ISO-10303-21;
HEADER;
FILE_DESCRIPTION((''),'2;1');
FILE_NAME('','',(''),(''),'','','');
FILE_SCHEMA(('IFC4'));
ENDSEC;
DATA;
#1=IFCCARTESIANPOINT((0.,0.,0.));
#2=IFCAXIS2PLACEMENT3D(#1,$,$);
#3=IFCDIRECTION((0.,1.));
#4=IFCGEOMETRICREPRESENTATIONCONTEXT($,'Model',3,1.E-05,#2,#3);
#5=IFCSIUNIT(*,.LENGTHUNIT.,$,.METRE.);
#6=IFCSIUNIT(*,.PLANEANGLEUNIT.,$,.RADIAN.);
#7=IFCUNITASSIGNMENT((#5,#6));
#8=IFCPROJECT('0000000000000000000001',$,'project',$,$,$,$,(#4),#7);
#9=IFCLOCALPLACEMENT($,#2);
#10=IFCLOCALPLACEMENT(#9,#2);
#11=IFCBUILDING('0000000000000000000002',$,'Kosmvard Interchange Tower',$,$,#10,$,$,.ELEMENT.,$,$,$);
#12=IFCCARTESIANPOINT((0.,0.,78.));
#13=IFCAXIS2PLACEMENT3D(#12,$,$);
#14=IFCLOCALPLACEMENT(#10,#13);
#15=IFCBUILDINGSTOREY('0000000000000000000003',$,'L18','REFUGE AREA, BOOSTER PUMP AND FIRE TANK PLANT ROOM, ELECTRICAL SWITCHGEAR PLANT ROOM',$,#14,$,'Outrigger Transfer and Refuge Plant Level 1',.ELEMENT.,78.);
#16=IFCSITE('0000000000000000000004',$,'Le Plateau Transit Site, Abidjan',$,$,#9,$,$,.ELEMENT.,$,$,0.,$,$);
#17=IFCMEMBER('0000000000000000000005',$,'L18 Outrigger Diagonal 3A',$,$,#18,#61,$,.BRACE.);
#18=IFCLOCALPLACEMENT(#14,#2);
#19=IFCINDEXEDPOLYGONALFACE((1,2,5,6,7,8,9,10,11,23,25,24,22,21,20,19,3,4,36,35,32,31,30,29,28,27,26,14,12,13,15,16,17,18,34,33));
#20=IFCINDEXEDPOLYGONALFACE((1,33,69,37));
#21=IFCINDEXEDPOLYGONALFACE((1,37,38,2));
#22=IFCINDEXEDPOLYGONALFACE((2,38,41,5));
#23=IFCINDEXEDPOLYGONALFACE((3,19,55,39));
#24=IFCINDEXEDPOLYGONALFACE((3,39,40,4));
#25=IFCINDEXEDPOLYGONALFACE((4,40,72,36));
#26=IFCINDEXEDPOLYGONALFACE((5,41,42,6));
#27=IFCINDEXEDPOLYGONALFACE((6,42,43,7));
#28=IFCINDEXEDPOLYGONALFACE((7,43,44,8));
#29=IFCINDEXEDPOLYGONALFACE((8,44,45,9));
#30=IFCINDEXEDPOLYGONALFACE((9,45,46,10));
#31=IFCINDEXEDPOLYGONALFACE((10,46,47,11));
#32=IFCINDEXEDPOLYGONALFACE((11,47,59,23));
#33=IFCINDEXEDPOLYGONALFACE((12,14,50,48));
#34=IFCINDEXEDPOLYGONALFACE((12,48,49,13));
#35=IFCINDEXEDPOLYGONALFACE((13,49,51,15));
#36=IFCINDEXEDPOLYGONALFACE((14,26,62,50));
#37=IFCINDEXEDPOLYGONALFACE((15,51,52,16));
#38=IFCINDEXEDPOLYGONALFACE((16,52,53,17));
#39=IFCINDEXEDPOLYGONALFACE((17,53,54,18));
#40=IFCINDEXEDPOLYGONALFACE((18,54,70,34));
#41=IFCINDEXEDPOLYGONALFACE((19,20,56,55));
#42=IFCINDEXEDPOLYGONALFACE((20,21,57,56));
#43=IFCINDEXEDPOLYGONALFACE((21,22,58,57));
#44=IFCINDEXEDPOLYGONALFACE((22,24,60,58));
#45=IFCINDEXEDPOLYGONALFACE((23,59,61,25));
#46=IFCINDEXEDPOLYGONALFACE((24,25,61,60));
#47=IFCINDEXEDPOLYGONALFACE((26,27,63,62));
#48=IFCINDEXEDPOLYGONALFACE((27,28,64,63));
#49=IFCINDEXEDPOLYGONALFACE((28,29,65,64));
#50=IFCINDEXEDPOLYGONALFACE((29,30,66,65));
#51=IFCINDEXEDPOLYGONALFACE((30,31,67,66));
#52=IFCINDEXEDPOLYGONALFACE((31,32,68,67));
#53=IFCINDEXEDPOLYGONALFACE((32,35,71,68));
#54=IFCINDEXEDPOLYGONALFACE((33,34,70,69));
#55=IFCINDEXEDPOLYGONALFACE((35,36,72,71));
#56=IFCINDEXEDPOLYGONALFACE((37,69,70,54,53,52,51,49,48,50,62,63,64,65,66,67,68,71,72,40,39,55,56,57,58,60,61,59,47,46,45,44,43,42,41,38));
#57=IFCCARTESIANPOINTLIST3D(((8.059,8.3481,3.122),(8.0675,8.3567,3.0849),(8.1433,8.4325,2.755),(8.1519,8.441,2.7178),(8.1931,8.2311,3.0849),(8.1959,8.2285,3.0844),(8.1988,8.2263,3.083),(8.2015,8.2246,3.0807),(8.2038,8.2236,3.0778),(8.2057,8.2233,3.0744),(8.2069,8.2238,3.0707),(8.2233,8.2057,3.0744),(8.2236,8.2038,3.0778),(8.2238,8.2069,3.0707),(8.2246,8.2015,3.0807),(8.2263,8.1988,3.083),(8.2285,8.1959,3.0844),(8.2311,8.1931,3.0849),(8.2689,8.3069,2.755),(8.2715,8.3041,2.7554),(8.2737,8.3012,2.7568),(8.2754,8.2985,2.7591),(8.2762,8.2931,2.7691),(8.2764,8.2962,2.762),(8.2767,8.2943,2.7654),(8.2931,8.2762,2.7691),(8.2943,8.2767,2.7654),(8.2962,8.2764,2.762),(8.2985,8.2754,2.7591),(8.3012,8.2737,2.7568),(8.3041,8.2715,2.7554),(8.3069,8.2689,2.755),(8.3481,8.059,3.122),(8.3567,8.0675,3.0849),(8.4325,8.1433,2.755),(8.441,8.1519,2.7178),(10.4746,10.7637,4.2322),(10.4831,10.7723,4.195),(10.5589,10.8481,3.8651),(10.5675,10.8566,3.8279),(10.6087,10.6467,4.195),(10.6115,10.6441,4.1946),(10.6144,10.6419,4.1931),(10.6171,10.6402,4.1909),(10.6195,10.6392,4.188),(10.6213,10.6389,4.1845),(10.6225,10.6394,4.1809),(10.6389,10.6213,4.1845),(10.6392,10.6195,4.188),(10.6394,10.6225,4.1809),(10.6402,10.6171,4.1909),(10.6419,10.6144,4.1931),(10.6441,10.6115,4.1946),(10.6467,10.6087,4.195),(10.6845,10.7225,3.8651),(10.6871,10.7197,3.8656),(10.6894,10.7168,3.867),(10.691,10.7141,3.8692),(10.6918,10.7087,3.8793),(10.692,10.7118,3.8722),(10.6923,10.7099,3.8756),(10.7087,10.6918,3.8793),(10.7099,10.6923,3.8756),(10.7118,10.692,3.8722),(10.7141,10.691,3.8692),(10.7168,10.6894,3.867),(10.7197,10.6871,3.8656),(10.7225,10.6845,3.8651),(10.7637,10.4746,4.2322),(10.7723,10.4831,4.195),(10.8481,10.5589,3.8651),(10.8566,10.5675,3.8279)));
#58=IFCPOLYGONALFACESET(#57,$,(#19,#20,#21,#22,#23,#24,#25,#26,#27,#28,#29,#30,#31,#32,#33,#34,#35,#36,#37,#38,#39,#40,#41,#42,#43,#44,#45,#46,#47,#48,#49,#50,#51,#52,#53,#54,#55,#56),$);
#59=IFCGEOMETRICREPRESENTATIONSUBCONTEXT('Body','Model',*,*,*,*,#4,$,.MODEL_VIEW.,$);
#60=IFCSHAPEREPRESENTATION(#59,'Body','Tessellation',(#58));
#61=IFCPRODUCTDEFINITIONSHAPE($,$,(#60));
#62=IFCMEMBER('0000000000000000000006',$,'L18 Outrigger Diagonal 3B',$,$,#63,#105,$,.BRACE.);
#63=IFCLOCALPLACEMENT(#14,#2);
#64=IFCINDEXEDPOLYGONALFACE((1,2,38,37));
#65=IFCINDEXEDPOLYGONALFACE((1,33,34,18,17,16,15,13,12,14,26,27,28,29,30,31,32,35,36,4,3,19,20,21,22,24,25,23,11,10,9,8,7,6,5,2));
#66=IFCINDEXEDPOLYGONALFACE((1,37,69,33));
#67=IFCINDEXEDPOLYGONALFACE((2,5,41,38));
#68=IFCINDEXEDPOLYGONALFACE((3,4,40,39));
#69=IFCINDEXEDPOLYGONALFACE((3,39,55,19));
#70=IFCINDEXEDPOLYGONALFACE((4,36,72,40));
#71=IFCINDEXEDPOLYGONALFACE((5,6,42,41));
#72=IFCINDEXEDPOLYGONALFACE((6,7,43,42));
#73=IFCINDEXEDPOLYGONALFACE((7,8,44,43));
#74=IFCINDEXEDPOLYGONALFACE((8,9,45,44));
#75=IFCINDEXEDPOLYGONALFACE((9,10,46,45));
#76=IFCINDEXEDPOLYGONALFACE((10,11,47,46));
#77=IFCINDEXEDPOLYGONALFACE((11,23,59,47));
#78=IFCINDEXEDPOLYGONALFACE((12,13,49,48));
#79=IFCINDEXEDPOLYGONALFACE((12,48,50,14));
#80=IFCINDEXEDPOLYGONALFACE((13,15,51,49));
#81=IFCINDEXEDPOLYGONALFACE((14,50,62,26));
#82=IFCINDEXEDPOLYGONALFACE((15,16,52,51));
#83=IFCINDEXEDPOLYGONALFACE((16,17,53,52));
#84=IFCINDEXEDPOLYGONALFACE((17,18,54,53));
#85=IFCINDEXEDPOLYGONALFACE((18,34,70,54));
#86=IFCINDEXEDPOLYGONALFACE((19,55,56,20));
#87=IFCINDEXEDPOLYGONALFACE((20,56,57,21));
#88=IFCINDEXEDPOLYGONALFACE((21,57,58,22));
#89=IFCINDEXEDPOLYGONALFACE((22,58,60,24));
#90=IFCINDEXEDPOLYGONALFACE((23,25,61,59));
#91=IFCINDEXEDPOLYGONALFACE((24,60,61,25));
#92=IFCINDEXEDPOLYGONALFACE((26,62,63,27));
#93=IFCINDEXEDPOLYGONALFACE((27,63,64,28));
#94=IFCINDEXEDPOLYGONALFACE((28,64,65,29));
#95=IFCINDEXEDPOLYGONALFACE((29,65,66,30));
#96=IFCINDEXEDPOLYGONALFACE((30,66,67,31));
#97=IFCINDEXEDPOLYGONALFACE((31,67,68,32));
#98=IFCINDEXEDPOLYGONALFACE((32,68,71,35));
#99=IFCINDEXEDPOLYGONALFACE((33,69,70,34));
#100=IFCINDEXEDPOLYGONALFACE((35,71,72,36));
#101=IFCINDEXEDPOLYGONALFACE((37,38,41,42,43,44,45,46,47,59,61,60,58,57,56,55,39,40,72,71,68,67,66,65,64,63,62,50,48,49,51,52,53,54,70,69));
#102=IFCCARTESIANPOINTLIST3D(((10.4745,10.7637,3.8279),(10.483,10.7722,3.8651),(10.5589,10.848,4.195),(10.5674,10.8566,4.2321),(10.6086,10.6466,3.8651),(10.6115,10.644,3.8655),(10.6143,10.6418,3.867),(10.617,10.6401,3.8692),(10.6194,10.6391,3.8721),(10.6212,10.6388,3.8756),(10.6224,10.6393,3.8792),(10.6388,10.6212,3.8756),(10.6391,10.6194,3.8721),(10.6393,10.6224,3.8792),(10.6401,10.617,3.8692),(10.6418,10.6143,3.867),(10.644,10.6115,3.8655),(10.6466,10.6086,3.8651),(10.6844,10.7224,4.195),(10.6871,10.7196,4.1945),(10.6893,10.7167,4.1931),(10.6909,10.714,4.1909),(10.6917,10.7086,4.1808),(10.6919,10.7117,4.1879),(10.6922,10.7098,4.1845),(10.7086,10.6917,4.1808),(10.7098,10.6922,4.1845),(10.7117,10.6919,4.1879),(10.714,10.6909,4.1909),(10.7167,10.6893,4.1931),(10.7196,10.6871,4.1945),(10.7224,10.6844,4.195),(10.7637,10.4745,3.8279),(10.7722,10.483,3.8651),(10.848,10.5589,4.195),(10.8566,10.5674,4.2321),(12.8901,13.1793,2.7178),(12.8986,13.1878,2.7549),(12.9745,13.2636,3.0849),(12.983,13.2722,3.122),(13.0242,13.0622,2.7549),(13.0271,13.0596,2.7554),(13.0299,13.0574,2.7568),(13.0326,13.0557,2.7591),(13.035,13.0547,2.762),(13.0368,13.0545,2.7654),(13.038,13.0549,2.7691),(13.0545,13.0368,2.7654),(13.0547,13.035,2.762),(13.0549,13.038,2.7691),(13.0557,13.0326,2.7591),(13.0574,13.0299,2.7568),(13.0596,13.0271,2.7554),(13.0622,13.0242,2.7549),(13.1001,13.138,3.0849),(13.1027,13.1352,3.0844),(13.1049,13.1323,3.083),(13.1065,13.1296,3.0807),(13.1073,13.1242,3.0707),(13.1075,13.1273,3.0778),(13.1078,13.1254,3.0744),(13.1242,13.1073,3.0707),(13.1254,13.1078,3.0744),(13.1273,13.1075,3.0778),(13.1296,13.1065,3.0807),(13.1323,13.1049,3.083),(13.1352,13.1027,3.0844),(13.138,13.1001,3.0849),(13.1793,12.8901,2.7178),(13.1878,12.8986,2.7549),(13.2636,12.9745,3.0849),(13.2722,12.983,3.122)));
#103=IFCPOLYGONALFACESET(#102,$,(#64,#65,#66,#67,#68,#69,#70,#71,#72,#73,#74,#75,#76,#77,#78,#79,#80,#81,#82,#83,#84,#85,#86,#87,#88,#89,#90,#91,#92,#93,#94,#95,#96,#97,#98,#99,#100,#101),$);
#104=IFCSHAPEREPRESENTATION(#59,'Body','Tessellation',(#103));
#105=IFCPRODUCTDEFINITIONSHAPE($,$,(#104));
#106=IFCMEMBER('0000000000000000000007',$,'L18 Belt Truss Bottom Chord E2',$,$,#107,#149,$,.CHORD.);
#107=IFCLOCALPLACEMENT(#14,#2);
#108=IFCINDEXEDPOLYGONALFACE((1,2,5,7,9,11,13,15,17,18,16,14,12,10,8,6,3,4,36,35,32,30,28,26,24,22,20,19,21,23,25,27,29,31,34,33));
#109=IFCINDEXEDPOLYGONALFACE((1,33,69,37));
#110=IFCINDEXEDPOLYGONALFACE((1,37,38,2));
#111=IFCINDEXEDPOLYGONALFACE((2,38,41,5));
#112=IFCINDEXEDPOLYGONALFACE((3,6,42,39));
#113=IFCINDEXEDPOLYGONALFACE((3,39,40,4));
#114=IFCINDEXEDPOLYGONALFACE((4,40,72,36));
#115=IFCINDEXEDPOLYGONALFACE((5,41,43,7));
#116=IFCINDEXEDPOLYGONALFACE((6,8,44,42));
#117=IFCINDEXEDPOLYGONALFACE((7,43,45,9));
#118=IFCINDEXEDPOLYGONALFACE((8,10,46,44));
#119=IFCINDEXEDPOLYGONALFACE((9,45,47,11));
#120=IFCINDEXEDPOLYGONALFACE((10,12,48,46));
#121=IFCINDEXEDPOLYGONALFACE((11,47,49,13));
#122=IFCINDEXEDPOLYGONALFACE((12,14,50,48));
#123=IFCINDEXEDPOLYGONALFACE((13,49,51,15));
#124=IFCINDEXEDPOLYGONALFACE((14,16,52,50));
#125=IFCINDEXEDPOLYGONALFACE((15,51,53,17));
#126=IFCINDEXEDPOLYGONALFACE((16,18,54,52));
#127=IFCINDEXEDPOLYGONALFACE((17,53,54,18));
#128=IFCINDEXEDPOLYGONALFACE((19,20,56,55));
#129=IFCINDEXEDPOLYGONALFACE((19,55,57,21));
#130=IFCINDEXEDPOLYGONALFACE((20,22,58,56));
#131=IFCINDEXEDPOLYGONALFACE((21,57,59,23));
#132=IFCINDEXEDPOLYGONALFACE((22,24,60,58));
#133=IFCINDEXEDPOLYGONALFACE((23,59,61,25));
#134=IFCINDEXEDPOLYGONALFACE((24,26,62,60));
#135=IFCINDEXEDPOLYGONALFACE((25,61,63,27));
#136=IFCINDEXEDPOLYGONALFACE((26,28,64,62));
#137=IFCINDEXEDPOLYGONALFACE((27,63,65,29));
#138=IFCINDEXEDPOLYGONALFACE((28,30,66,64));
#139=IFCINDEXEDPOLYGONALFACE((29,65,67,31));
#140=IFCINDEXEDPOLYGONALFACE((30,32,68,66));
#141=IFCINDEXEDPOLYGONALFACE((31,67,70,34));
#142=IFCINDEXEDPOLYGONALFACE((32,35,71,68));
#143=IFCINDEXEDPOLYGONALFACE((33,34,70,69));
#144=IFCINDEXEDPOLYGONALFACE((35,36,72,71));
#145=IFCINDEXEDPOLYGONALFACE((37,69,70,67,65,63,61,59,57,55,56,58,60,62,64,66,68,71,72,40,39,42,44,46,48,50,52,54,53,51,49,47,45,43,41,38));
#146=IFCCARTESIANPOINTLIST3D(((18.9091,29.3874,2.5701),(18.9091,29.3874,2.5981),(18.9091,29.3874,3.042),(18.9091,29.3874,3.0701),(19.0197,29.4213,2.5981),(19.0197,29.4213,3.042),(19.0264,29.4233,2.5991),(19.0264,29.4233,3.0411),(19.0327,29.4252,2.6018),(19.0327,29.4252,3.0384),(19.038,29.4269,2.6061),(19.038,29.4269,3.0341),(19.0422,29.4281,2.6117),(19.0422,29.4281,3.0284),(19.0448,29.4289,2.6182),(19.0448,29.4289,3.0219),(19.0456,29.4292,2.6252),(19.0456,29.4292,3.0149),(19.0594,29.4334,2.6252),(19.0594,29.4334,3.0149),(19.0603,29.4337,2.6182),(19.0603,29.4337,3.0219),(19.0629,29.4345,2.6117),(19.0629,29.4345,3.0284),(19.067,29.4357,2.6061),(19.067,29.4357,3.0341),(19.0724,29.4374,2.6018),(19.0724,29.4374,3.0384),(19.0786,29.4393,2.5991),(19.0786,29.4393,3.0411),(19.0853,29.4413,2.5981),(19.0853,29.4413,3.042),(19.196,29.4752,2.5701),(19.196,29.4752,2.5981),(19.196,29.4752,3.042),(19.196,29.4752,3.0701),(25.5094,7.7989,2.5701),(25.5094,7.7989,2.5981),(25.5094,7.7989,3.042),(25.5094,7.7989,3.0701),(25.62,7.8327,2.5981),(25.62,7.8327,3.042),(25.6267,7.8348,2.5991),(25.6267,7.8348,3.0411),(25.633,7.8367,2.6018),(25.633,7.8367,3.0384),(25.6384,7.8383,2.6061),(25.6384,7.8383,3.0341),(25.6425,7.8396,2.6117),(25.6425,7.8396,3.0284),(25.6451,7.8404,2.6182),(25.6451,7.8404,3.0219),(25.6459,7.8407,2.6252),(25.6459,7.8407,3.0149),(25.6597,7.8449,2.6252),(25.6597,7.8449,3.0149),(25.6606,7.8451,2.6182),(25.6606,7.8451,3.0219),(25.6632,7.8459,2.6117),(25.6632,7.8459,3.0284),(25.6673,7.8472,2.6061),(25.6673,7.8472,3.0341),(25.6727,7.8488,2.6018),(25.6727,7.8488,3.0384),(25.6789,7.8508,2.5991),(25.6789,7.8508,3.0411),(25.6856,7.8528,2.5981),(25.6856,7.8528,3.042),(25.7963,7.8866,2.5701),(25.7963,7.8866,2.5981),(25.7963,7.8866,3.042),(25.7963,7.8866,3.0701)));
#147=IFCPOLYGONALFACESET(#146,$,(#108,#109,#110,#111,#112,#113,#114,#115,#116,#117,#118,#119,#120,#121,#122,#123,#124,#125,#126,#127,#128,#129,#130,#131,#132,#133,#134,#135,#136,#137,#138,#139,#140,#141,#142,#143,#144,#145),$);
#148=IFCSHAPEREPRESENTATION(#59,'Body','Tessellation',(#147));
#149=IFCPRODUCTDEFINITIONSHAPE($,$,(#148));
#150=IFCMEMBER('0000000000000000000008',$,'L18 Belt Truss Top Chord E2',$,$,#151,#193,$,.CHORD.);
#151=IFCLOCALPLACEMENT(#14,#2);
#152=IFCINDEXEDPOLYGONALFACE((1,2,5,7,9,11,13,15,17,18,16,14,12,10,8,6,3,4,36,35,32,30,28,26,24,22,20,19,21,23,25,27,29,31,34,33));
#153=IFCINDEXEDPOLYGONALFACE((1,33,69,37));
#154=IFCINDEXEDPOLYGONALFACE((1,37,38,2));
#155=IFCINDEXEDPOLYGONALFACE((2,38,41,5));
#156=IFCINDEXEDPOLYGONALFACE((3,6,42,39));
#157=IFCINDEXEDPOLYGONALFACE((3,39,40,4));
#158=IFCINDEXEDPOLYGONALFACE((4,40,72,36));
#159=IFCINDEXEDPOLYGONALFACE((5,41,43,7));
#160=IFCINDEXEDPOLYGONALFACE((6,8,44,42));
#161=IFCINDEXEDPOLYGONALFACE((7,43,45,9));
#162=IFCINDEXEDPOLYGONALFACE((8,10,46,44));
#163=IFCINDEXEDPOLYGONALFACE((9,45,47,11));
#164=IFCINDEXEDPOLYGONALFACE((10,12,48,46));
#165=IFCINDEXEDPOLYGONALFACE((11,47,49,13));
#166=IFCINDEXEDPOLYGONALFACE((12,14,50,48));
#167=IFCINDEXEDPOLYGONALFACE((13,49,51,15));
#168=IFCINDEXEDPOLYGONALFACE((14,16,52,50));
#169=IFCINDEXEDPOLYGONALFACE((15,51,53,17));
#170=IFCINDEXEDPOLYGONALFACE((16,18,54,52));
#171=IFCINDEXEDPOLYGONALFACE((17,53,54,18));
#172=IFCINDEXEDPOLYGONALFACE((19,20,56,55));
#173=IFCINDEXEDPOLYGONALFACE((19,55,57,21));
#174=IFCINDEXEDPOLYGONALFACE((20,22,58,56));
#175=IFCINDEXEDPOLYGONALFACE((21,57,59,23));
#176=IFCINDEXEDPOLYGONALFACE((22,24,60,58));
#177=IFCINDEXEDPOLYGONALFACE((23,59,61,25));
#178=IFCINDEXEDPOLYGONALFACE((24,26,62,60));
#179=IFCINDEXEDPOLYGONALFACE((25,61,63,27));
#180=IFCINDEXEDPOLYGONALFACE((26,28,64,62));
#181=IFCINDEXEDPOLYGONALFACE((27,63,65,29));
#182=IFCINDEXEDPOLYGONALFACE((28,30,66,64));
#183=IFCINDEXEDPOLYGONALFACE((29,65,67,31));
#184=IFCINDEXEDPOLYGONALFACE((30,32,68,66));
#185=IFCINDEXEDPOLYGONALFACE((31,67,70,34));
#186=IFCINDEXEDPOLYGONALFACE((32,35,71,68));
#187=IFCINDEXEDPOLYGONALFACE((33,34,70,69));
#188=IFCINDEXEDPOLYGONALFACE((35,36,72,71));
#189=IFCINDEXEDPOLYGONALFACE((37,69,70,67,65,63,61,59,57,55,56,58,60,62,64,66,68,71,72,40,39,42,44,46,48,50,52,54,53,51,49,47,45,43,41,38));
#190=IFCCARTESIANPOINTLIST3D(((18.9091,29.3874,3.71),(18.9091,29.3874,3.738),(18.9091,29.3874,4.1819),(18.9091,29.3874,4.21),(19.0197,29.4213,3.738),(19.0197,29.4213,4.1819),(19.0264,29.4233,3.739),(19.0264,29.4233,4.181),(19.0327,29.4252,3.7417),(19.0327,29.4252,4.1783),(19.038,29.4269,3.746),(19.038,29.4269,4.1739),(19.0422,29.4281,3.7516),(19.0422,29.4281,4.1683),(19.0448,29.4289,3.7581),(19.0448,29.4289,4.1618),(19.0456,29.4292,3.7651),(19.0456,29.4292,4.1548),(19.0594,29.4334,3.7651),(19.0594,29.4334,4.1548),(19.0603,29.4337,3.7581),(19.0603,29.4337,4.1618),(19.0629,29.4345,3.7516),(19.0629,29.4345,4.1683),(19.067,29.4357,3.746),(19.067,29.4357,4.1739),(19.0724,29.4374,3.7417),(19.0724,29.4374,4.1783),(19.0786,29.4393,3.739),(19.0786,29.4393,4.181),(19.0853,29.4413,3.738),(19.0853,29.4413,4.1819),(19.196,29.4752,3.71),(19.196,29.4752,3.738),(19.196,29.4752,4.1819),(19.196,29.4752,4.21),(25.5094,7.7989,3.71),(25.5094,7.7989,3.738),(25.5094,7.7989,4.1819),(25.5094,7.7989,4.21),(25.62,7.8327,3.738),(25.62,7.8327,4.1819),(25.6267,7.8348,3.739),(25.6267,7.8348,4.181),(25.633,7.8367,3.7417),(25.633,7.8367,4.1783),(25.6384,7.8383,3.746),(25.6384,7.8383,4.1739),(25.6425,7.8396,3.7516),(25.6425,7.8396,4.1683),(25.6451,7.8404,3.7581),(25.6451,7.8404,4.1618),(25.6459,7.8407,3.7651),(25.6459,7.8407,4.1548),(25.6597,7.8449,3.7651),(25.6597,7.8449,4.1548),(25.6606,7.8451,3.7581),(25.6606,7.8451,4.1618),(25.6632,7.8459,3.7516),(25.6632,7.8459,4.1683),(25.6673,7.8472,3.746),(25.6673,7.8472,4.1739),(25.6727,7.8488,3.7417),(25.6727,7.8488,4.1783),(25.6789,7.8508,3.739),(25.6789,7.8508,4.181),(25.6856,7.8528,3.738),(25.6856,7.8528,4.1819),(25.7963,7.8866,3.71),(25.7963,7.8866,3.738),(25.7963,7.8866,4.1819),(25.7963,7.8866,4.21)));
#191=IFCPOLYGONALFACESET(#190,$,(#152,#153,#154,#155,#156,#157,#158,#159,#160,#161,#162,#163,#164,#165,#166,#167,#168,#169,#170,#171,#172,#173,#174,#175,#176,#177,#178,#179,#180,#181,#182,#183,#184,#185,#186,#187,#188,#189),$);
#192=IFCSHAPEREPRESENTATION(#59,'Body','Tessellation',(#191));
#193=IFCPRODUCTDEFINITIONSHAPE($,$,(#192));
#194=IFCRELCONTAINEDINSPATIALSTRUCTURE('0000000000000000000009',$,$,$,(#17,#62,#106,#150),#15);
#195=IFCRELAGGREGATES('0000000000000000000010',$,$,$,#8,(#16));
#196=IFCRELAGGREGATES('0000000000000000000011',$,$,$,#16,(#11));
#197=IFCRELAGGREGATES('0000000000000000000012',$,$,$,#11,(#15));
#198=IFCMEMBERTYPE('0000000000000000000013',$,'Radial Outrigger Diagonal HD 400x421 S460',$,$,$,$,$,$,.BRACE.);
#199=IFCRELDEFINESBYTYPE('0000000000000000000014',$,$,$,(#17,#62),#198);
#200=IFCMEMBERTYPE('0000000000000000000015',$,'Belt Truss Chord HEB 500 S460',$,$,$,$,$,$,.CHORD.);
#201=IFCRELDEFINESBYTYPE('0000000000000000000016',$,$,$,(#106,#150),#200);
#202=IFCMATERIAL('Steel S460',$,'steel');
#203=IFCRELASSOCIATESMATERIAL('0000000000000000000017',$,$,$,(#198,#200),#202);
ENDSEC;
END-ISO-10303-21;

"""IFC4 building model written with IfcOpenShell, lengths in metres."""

from ifc_helpers import new_model, si_unit, direction, frame, origin, origin_2d, place, context, subcontext, project, spatial, i_section, extrude, source, transform, mapped, material, material_profile, profile_set, type_object, element, save


model = new_model("IFC4")

# Units and contexts
model_context = context("Model", 3, precision=1e-05, world=origin(), true_north=direction((0.0, 1.0)))
body_context = subcontext(model_context, "Body", "Model", "MODEL_VIEW")
ifc_project = project(units=[si_unit("LENGTHUNIT", "METRE"), si_unit("PLANEANGLEUNIT", "RADIAN")], contexts=[model_context])

# Site, building, storey
site_placement = place(None, origin())
site = spatial("IfcSite", under=ifc_project, at=site_placement, Name="Le Plateau Transit Site, Abidjan", CompositionType="ELEMENT", RefElevation=0.0)
building_placement = place(site_placement, origin())
building = spatial("IfcBuilding", under=site, at=building_placement, Name="Kosmvard Interchange Tower", CompositionType="ELEMENT")
storey_placement = place(building_placement, frame((0.0, 0.0, 78.0)))
storey = spatial("IfcBuildingStorey", under=building, at=storey_placement, Name="L18", Description="REFUGE AREA, BOOSTER PUMP AND FIRE TANK PLANT ROOM, ELECTRICAL SWITCHGEAR PLANT ROOM", LongName="Outrigger Transfer and Refuge Plant Level 1", CompositionType="ELEMENT", Elevation=78.0)

# Shared definitions
ifc_material_1 = material(Name="Steel S460", Category="steel")

# Members
ifc_material_profile_1 = material_profile(ifc_material_1, i_section(OverallWidth=0.4089, OverallDepth=0.425, WebThickness=0.0239, FlangeThickness=0.0391, FilletRadius=0.0149, at=origin_2d()), Name="HD 400x421")
ifc_profile_set_1 = profile_set([ifc_material_profile_1], Name="Steel S460")
member_type_1 = type_object("IfcMemberType", Name="Radial Outrigger Diagonal HD 400x421 S460", PredefinedType="BRACE", material=ifc_profile_set_1)
shared_shape_1 = source(origin(), body_context, "Body", "SweptSolid", [
    extrude(i_section(OverallWidth=0.4089, OverallDepth=0.425, WebThickness=0.0239, FlangeThickness=0.0391, FilletRadius=0.0149, at=origin_2d()), origin(), (0.0, 0.0, 1.0), 3.592),
])
for number, where, z_axis, x_axis, name in (
    (1, (8.25, 8.25, 2.9199), (0.672489, 0.672489, 0.309057), (-0.707107, 0.707107, 0.0), "L18 Outrigger Diagonal 3A"),
    (2, (10.6655, 10.6655, 4.03), (0.672489, 0.672489, -0.309057), (-0.707107, 0.707107, 0.0), "L18 Outrigger Diagonal 3B"),
):
    element("IfcMember", number, at=place(storey_placement, frame(where, z_axis=z_axis, x_axis=x_axis)), inside=storey, type_object=member_type_1, Name=name, PredefinedType="BRACE", context=body_context, shape_type="MappedRepresentation", body=[
        mapped(shared_shape_1, transform((0.0, 0.0, 0.0), scale=1.0)),
    ])
ifc_material_profile_2 = material_profile(ifc_material_1, i_section(OverallWidth=0.3, OverallDepth=0.5, WebThickness=0.0144, FlangeThickness=0.0281, FilletRadius=0.0271, at=origin_2d()), Name="HEB 500")
ifc_profile_set_2 = profile_set([ifc_material_profile_2], Name="Steel S460")
member_type_2 = type_object("IfcMemberType", Name="Belt Truss Chord HEB 500 S460", PredefinedType="CHORD", material=ifc_profile_set_2)
shared_shape_2 = source(origin(), body_context, "Body", "SweptSolid", [
    extrude(i_section(OverallWidth=0.3, OverallDepth=0.5, WebThickness=0.0144, FlangeThickness=0.0281, FilletRadius=0.0271, at=origin_2d()), origin(), (0.0, 0.0, 1.0), 22.575),
])
for number, where, z_axis, x_axis, name in (
    (3, (25.6528, 7.8428, 2.8201), (-0.292373, 0.956304, 0.0), (-0.956304, -0.292373, 0.0), "L18 Belt Truss Bottom Chord E2"),
    (4, (25.6528, 7.8428, 3.96), (-0.292373, 0.956304, 0.0), (-0.956304, -0.292373, 0.0), "L18 Belt Truss Top Chord E2"),
):
    element("IfcMember", number, at=place(storey_placement, frame(where, z_axis=z_axis, x_axis=x_axis)), inside=storey, type_object=member_type_2, Name=name, PredefinedType="CHORD", context=body_context, shape_type="MappedRepresentation", body=[
        mapped(shared_shape_2, transform((0.0, 0.0, 0.0), scale=1.0)),
    ])

save(model, "model.ifc")
